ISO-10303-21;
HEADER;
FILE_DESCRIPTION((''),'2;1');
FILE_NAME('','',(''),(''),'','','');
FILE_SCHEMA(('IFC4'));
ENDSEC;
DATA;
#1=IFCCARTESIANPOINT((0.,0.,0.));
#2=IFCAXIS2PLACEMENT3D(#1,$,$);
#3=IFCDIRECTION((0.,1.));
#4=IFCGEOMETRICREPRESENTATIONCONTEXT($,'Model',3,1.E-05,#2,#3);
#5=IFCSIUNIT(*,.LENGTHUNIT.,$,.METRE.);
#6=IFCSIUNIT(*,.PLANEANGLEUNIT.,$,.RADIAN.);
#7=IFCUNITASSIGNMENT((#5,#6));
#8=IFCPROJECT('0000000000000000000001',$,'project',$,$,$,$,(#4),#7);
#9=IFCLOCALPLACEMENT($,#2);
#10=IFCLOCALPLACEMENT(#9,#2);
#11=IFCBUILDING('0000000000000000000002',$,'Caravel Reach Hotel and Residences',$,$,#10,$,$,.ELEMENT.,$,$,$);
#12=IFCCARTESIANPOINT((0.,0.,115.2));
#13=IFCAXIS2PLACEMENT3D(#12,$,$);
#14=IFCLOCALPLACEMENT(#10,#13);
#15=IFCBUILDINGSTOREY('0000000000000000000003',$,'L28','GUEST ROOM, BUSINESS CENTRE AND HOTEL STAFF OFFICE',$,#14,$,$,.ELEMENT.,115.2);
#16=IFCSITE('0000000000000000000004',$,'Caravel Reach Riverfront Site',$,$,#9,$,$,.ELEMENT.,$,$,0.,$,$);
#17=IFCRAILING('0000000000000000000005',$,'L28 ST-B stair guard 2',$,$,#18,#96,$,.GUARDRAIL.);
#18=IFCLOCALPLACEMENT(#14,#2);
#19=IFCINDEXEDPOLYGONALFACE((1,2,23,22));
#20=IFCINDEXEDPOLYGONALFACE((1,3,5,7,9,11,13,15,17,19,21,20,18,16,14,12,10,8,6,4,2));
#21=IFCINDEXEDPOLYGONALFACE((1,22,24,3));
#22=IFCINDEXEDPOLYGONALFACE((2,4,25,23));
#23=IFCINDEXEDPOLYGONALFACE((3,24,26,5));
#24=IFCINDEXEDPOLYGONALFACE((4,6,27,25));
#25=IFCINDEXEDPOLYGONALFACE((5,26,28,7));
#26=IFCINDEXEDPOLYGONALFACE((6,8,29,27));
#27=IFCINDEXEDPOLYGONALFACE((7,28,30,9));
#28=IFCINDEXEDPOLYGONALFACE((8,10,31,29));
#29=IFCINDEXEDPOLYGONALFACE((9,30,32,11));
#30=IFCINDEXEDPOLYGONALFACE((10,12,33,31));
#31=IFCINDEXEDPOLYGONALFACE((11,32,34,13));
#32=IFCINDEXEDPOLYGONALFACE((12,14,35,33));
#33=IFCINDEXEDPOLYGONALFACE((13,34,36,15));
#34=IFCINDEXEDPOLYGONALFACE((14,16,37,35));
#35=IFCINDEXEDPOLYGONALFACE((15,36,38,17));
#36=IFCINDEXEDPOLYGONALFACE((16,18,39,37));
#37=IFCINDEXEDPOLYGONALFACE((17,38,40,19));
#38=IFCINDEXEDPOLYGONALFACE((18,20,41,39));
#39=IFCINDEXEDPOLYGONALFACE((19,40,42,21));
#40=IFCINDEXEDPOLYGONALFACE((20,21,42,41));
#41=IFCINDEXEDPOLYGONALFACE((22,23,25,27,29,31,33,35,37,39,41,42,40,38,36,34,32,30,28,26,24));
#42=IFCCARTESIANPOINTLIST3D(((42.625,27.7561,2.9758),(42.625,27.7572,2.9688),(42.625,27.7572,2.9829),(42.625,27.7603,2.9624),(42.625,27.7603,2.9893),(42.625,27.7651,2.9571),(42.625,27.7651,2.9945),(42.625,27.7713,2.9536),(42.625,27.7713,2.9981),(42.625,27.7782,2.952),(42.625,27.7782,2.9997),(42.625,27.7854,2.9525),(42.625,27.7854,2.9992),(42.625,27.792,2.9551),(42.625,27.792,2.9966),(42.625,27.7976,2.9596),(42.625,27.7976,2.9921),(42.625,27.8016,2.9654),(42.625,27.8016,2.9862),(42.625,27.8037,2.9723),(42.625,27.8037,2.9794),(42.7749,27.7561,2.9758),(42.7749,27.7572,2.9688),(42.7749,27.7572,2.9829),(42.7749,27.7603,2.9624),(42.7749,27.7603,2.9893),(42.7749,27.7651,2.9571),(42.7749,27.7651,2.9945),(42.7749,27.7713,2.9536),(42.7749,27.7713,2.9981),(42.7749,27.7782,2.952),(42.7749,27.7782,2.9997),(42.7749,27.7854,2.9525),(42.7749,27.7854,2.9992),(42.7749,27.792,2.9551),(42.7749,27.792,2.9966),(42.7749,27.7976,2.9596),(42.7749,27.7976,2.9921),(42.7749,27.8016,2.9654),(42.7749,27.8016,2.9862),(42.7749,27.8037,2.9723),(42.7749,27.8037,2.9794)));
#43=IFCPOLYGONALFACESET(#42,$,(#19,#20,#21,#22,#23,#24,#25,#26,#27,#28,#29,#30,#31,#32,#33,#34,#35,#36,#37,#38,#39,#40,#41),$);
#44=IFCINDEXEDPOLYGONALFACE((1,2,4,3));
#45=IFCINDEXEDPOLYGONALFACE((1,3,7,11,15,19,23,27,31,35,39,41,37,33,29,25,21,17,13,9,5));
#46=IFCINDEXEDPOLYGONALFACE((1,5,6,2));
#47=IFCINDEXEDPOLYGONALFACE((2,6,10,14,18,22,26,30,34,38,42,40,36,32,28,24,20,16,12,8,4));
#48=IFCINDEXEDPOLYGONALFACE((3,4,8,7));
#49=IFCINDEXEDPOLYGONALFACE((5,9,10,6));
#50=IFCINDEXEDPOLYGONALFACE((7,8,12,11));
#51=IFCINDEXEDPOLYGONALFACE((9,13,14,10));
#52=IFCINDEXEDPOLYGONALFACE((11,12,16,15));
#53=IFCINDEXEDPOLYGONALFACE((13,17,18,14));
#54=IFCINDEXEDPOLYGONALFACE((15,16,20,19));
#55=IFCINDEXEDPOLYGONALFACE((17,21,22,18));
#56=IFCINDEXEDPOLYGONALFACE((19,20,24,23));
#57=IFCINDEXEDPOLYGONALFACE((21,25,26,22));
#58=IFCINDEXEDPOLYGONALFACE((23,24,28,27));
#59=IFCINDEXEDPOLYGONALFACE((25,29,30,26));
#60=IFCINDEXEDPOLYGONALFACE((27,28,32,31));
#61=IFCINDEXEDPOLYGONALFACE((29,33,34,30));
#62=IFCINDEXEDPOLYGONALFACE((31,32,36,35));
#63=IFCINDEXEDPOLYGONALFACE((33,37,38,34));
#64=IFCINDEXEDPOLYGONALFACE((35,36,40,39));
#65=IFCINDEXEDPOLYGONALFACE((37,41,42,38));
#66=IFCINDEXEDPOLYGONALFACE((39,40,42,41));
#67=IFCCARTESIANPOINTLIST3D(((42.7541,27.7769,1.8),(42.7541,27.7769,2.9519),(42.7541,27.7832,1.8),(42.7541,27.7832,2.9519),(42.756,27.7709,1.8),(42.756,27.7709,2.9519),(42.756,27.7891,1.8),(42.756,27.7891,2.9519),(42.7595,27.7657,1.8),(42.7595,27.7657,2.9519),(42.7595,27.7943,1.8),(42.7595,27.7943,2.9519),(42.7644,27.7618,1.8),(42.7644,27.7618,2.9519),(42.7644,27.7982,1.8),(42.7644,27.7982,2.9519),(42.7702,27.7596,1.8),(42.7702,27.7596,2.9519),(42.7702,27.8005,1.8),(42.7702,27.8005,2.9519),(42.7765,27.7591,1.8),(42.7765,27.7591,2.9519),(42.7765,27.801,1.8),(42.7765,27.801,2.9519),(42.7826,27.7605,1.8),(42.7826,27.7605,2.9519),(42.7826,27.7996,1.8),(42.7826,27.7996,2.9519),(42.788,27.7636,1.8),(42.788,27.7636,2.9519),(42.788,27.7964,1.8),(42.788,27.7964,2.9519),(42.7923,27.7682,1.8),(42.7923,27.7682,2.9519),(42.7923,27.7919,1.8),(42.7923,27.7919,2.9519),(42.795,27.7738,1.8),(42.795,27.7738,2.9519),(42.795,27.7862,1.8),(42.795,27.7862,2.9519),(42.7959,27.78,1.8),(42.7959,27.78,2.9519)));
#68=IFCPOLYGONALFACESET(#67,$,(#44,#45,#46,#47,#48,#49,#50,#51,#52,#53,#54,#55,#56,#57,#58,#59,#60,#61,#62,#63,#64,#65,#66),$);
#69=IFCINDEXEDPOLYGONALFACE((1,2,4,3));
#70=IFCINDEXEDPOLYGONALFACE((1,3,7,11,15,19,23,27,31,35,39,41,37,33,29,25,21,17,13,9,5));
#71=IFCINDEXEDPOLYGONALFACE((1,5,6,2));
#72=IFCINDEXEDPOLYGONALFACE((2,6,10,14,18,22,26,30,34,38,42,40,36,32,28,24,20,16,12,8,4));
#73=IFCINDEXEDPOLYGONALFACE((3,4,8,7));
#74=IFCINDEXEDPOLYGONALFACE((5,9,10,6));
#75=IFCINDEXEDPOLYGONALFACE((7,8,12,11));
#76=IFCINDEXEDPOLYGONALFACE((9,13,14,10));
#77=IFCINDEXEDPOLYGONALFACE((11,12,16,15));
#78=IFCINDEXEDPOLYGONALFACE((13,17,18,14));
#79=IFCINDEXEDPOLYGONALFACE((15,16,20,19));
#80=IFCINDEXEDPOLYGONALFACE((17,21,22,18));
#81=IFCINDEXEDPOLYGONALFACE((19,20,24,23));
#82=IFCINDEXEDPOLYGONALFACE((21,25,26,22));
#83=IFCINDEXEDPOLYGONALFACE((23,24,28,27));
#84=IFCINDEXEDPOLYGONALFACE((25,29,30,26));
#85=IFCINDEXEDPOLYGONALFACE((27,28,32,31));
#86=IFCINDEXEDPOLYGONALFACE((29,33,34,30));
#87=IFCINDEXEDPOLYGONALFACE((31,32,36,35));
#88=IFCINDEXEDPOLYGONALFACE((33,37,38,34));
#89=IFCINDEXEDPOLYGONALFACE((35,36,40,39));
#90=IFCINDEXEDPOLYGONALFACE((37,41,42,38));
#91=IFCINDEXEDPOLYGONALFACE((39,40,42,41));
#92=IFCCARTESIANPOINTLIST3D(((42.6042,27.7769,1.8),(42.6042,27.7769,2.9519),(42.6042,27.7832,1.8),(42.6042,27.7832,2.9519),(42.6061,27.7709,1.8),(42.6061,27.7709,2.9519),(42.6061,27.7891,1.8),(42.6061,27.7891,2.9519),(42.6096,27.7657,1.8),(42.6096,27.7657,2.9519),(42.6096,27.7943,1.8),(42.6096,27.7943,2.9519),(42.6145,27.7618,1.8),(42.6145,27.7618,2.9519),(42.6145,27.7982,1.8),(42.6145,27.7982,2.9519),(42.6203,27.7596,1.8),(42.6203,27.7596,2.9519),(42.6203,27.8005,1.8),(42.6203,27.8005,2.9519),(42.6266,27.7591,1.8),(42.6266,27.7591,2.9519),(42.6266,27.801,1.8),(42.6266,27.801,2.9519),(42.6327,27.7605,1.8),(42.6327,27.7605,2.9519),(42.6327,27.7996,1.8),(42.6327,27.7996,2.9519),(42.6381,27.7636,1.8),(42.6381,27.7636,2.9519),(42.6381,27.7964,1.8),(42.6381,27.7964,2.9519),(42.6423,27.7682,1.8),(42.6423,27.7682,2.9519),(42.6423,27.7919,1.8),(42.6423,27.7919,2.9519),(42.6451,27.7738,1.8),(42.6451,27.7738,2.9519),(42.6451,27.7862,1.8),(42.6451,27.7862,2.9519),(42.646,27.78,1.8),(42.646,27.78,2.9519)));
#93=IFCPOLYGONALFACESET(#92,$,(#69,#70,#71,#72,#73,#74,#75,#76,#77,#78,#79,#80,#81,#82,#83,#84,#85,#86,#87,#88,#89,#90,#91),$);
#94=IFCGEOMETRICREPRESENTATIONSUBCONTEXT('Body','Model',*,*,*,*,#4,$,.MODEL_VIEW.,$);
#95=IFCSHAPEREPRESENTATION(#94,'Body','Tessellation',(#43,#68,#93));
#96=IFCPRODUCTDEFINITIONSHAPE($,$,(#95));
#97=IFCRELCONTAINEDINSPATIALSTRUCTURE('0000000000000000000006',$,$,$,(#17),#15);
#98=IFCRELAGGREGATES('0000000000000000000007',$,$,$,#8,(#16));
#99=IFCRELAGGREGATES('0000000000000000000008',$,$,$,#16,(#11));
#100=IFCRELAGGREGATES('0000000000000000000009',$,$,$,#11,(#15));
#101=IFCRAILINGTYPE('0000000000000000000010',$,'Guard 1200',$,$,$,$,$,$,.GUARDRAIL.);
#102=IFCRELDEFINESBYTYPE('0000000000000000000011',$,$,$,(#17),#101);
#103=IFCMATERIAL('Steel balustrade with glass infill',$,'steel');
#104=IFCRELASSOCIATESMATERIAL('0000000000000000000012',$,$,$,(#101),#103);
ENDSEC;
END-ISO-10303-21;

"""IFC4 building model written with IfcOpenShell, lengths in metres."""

from ifc_helpers import new_model, si_unit, direction, frame, origin, origin_2d, place, context, subcontext, project, spatial, circle, extrude, material, type_object, element, save


model = new_model("IFC4")

# Units and contexts
model_context = context("Model", 3, precision=1e-05, world=origin(), true_north=direction((0.0, 1.0)))
body_context = subcontext(model_context, "Body", "Model", "MODEL_VIEW")
ifc_project = project(units=[si_unit("LENGTHUNIT", "METRE"), si_unit("PLANEANGLEUNIT", "RADIAN")], contexts=[model_context])

# Site, building, storey
site_placement = place(None, origin())
site = spatial("IfcSite", under=ifc_project, at=site_placement, Name="Caravel Reach Riverfront Site", CompositionType="ELEMENT", RefElevation=0.0)
building_placement = place(site_placement, origin())
building = spatial("IfcBuilding", under=site, at=building_placement, Name="Caravel Reach Hotel and Residences", CompositionType="ELEMENT")
storey_placement = place(building_placement, frame((0.0, 0.0, 115.2)))
storey = spatial("IfcBuildingStorey", under=building, at=storey_placement, Name="L28", Description="GUEST ROOM, BUSINESS CENTRE AND HOTEL STAFF OFFICE", CompositionType="ELEMENT", Elevation=115.2)

# Railing
ifc_material_1 = material(Name="Steel balustrade with glass infill", Category="steel")
railing_type_1 = type_object("IfcRailingType", Name="Guard 1200", PredefinedType="GUARDRAIL", material=ifc_material_1)
railing_1_placement = place(storey_placement, frame((42.7749, 27.78, 1.8)))
element("IfcRailing", 1, at=railing_1_placement, inside=storey, type_object=railing_type_1, Name="L28 ST-B stair guard 2", PredefinedType="GUARDRAIL", context=body_context, shape_type="SweptSolid", body=[
    extrude(circle(Radius=0.0239, at=origin_2d()), frame((0.0, 0.0, 1.1758), z_axis=(-1.0, 0.0, 0.0), x_axis=(0.0, -1.0, 0.0)), (0.0, 0.0, 1.0), 0.1499),
    extrude(circle(Radius=0.021, at=origin_2d()), origin(), (0.0, 0.0, 1.0), 1.1519),
    extrude(circle(Radius=0.021, at=origin_2d()), frame((-0.1499, 0.0, 0.0)), (0.0, 0.0, 1.0), 1.1519),
])

save(model, "model.ifc")
